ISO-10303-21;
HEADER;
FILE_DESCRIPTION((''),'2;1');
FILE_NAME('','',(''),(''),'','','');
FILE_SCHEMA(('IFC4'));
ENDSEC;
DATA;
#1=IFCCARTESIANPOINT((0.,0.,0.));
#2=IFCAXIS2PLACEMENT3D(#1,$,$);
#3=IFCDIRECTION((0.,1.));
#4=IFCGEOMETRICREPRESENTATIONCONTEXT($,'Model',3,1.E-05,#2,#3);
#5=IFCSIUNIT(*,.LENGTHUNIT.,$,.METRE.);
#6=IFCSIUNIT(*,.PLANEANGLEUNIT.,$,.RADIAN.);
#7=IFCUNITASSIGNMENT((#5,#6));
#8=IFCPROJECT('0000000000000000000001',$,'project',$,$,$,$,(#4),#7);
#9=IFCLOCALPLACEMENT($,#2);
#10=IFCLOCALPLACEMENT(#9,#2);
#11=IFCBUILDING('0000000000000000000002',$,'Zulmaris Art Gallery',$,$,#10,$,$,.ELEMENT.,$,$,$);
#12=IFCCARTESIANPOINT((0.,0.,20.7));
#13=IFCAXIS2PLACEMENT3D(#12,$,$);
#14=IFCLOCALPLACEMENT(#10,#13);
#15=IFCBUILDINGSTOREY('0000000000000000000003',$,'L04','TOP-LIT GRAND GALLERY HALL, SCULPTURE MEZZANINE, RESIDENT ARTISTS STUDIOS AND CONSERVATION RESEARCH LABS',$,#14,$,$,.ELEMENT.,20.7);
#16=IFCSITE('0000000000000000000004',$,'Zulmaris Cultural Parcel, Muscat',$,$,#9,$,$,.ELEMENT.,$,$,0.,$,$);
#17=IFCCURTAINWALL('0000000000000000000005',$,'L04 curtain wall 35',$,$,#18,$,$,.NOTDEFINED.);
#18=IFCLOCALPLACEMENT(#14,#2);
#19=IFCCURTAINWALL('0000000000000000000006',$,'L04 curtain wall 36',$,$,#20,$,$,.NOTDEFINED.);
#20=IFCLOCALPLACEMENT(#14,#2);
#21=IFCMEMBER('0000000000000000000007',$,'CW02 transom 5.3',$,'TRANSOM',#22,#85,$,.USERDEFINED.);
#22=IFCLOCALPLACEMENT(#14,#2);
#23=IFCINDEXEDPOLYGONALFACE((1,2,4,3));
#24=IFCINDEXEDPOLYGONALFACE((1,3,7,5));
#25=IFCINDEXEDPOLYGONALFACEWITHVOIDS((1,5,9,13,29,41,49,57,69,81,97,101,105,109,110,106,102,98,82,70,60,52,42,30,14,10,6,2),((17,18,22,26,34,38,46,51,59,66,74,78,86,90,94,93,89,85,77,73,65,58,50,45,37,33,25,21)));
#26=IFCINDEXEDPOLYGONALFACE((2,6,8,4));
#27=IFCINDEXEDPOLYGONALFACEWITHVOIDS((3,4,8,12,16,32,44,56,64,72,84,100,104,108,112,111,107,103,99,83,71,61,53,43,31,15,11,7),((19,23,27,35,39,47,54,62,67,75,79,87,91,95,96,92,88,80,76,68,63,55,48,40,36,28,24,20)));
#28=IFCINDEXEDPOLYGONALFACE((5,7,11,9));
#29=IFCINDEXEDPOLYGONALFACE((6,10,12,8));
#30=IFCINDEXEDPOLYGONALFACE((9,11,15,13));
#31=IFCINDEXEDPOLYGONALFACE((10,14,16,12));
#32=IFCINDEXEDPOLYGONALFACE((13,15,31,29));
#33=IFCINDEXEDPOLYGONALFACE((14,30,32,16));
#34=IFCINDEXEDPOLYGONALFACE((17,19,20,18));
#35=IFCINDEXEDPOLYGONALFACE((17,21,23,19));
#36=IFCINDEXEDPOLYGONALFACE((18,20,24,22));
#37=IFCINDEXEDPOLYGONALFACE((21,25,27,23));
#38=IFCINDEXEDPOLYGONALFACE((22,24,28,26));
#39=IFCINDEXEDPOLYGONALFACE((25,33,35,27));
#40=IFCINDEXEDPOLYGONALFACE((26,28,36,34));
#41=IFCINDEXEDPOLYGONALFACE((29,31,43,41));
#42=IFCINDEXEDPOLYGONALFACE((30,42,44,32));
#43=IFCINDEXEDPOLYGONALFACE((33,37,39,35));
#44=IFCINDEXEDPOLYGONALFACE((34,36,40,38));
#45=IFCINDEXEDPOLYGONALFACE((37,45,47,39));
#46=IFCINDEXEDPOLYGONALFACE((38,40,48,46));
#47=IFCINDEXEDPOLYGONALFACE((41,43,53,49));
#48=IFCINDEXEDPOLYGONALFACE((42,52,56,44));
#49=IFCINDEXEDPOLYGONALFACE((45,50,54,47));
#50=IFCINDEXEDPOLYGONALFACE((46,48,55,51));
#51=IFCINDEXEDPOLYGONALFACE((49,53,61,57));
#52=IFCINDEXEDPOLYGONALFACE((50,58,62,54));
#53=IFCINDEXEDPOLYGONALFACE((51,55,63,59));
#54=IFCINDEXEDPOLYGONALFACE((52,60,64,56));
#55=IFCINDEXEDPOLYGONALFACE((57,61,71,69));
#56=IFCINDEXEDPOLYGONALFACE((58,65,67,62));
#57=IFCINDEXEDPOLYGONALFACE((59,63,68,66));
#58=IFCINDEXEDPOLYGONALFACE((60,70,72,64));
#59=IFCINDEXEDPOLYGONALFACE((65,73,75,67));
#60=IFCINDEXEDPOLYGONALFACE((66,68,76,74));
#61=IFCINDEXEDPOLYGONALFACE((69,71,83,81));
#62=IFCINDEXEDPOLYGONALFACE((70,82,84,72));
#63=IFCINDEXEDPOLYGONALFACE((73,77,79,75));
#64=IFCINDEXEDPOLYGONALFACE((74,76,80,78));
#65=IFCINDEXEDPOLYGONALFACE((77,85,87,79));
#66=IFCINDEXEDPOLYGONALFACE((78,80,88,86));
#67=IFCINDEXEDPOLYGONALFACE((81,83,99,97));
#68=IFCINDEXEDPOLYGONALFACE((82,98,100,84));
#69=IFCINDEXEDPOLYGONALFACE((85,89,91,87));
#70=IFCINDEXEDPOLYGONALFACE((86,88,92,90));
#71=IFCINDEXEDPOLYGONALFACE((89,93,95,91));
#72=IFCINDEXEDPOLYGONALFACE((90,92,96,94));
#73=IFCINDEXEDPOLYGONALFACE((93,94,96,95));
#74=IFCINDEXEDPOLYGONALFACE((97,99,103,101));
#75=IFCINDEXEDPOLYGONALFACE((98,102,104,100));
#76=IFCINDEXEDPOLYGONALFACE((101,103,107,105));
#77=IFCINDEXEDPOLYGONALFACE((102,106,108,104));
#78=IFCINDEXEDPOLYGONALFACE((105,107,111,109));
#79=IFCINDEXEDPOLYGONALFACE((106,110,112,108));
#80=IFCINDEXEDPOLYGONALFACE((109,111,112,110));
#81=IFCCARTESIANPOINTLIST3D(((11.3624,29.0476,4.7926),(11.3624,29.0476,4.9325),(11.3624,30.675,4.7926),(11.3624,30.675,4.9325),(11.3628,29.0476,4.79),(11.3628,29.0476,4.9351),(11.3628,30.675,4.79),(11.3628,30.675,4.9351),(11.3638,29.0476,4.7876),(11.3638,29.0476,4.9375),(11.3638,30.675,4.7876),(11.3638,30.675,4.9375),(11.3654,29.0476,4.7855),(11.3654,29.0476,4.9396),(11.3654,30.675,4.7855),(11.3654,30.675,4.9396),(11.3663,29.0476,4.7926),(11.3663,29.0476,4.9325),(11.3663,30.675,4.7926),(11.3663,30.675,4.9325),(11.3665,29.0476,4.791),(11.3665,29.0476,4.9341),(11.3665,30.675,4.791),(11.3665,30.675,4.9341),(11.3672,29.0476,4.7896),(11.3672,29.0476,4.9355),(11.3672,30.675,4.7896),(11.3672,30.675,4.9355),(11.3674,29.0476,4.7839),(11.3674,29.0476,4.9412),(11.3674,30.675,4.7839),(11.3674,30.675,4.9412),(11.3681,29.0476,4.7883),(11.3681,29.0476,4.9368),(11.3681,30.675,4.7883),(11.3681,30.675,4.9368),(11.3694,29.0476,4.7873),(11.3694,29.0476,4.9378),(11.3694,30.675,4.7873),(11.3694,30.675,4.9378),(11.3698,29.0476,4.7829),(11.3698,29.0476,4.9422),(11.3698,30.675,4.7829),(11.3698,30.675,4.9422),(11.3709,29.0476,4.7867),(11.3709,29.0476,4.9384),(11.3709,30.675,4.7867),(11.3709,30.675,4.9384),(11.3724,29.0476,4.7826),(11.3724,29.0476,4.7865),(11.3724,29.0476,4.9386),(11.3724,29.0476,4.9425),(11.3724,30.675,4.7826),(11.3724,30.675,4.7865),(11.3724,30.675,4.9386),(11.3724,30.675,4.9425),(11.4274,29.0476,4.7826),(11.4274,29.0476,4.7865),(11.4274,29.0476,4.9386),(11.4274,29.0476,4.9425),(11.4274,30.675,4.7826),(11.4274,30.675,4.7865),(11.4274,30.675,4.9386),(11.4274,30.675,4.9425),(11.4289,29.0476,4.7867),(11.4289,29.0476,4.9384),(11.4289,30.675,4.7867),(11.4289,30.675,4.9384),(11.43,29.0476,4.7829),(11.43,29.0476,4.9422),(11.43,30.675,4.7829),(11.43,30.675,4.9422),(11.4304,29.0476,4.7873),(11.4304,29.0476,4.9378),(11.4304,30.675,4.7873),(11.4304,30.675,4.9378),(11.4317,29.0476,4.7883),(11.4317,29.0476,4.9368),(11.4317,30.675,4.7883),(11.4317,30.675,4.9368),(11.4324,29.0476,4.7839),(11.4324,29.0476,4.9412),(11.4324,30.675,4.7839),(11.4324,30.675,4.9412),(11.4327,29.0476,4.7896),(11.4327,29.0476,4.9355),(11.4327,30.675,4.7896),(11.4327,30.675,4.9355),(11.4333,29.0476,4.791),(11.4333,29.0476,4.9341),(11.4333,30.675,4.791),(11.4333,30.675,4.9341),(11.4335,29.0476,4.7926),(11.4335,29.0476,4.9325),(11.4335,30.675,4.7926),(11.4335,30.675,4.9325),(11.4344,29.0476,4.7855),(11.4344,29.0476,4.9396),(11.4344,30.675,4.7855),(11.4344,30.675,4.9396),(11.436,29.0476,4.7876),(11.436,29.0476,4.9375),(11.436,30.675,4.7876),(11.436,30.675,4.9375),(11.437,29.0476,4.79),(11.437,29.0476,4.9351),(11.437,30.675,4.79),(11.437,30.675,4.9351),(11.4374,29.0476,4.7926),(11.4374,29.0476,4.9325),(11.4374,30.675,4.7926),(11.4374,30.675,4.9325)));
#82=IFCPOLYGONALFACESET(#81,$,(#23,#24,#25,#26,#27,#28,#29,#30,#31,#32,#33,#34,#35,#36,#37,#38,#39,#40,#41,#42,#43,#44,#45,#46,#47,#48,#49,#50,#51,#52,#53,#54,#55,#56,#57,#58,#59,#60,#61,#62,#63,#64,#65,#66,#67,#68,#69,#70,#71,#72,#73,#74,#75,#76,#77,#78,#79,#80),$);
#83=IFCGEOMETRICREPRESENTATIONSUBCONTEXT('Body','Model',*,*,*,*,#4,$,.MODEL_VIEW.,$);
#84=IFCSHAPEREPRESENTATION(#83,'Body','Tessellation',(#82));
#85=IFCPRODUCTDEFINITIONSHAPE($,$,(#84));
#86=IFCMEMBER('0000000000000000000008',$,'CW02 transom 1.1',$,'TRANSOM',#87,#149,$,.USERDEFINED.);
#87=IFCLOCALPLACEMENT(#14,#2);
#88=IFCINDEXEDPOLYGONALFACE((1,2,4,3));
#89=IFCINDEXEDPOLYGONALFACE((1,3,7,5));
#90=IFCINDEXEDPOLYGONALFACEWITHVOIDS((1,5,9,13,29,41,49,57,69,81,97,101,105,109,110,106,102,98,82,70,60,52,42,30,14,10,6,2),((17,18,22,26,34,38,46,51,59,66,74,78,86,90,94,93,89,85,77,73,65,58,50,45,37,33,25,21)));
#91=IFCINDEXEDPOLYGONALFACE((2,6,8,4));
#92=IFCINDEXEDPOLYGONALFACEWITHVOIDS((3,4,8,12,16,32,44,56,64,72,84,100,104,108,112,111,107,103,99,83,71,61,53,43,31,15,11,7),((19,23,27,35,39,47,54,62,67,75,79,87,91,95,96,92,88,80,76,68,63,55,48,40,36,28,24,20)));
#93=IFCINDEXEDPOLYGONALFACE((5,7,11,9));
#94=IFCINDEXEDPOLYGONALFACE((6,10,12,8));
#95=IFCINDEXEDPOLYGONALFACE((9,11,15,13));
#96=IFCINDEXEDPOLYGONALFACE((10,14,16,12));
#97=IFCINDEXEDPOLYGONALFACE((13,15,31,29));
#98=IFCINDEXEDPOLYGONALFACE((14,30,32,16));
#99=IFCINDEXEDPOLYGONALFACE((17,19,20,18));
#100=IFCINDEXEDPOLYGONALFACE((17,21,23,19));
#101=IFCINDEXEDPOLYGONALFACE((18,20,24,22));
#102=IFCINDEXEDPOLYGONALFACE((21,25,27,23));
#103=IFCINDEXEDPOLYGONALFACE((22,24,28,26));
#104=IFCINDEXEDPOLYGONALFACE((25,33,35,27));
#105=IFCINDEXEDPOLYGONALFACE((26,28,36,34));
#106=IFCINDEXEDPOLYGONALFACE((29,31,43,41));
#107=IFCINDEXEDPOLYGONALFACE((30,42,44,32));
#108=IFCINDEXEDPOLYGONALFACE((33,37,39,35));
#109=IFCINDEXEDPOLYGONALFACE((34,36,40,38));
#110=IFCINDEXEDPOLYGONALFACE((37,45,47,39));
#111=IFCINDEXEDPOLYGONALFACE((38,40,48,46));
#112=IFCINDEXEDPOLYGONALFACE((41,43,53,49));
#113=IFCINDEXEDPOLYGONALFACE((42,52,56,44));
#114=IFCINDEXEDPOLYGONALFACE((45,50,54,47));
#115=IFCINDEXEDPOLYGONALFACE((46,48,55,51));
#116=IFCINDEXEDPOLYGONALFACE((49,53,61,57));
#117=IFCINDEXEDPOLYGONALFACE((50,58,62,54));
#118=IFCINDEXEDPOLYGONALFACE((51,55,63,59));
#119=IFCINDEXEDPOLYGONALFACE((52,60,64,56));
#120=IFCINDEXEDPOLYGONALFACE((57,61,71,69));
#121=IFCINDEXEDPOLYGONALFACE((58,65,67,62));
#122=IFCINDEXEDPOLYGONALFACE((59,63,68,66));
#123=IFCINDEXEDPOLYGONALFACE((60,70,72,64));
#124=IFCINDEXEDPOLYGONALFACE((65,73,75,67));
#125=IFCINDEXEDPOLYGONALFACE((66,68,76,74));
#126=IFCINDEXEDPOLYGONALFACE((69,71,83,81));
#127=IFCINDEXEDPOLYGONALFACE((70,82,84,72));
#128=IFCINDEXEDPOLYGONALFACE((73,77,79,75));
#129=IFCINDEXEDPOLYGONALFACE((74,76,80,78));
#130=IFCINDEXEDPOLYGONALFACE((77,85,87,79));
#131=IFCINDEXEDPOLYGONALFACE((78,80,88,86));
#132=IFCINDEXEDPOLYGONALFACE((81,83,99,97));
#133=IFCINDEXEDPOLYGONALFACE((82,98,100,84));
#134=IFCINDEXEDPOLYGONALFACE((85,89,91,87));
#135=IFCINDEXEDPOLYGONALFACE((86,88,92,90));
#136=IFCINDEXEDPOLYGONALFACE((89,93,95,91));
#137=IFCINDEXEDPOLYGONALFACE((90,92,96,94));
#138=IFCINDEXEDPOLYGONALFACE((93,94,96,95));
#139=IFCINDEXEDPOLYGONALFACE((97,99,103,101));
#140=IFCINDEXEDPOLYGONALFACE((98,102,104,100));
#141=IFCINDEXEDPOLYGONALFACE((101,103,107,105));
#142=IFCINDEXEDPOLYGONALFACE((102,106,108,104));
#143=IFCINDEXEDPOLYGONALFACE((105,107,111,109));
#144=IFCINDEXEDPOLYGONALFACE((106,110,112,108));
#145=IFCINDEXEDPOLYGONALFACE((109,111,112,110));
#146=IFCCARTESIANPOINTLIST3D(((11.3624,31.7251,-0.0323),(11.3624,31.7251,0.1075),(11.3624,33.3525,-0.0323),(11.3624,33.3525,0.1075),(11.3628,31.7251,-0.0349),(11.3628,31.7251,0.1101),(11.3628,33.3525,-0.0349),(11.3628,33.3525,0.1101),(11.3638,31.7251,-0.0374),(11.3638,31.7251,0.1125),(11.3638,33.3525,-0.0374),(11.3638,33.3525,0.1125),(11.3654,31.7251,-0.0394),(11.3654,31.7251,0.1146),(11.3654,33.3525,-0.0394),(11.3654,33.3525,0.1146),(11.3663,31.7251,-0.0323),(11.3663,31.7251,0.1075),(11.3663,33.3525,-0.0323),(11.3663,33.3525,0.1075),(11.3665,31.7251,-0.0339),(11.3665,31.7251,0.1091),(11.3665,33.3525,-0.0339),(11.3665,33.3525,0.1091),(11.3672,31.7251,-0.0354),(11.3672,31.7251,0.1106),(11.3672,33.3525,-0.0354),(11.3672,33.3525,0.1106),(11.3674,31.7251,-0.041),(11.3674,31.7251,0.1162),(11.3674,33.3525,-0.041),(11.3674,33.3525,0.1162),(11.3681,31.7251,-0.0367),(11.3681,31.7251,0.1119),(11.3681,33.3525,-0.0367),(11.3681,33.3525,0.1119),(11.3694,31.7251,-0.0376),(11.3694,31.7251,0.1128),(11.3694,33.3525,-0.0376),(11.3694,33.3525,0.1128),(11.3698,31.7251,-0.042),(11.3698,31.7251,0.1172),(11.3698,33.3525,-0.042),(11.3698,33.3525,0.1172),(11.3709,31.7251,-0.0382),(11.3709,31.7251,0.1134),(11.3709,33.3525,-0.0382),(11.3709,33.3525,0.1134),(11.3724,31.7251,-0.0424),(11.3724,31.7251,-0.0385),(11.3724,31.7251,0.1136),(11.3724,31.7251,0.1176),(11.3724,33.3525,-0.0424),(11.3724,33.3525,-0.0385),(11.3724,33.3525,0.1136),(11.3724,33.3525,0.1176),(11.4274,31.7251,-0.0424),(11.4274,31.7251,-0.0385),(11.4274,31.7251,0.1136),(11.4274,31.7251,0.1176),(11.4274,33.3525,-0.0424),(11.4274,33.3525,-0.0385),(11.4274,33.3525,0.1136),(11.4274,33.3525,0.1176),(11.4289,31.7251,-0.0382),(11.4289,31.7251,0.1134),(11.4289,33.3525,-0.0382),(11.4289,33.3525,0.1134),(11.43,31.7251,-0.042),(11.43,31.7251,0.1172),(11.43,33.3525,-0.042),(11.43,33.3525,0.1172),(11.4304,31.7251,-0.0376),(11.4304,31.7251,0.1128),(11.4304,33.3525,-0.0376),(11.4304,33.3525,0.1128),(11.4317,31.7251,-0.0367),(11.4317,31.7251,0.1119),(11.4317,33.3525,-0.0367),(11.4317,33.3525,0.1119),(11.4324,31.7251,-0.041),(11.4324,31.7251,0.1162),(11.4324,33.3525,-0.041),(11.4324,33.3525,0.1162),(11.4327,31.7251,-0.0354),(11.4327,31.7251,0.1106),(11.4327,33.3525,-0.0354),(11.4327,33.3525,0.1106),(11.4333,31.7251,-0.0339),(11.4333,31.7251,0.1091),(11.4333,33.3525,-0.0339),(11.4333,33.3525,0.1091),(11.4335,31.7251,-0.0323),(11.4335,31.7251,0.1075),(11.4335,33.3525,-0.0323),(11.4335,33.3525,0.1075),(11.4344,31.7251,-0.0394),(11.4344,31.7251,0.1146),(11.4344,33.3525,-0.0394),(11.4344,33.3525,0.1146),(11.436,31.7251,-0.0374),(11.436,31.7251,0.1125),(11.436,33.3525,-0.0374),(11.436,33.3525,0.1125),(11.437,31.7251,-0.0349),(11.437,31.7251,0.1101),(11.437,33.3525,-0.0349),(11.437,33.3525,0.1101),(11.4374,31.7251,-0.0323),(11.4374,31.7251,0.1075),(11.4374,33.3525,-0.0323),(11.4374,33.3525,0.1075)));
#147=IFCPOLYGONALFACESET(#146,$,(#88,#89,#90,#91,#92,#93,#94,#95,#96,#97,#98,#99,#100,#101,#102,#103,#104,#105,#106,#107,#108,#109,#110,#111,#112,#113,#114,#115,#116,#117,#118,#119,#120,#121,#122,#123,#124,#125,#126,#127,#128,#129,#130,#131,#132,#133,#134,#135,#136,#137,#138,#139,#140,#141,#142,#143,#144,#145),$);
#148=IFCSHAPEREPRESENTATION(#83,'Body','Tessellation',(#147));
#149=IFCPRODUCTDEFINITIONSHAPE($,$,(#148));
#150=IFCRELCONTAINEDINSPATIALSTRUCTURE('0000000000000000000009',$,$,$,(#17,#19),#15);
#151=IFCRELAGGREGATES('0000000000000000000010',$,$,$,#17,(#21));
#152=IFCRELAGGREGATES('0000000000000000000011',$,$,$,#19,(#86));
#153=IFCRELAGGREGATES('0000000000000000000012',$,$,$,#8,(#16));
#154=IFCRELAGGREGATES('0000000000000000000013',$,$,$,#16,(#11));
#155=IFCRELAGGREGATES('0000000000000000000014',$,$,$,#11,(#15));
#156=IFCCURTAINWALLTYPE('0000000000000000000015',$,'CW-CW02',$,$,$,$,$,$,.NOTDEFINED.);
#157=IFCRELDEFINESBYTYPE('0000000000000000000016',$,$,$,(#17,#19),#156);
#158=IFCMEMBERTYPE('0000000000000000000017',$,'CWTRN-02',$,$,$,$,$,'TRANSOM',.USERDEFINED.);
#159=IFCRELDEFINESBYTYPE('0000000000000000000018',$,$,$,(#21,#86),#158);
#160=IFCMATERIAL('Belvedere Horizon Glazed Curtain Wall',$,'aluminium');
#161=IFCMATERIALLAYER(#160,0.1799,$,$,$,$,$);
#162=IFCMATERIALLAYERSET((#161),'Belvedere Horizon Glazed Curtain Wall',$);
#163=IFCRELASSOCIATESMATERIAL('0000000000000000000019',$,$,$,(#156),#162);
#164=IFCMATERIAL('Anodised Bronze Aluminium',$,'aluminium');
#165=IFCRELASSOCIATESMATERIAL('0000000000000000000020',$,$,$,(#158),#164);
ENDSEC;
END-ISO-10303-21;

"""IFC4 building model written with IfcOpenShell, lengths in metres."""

from ifc_helpers import new_model, si_unit, direction, frame, origin, origin_2d, place, context, subcontext, project, spatial, hollow_rectangle, extrude, material, layer, layer_set, material_profile, profile_set, type_object, element, aggregate, save


model = new_model("IFC4")

# Units and contexts
model_context = context("Model", 3, precision=1e-05, world=origin(), true_north=direction((0.0, 1.0)))
body_context = subcontext(model_context, "Body", "Model", "MODEL_VIEW")
ifc_project = project(units=[si_unit("LENGTHUNIT", "METRE"), si_unit("PLANEANGLEUNIT", "RADIAN")], contexts=[model_context])

# Site, building, storey
site_placement = place(None, origin())
site = spatial("IfcSite", under=ifc_project, at=site_placement, Name="Zulmaris Cultural Parcel, Muscat", CompositionType="ELEMENT", RefElevation=0.0)
building_placement = place(site_placement, origin())
building = spatial("IfcBuilding", under=site, at=building_placement, Name="Zulmaris Art Gallery", CompositionType="ELEMENT")
storey_placement = place(building_placement, frame((0.0, 0.0, 20.7)))
storey = spatial("IfcBuildingStorey", under=building, at=storey_placement, Name="L04", Description="TOP-LIT GRAND GALLERY HALL, SCULPTURE MEZZANINE, RESIDENT ARTISTS STUDIOS AND CONSERVATION RESEARCH LABS", CompositionType="ELEMENT", Elevation=20.7)

# Curtain wall
ifc_material_1 = material(Name="Belvedere Horizon Glazed Curtain Wall", Category="aluminium")
ifc_layer_1 = layer(ifc_material_1, 0.1799)
ifc_layer_set_1 = layer_set([ifc_layer_1], Name="Belvedere Horizon Glazed Curtain Wall")
curtain_wall_type = type_object("IfcCurtainWallType", Name="CW-CW02", PredefinedType="NOTDEFINED", material=ifc_layer_set_1)
curtain_wall_1_placement = place(storey_placement, origin())
curtain_wall_1 = element("IfcCurtainWall", 1, at=curtain_wall_1_placement, inside=storey, type_object=curtain_wall_type, Name="L04 curtain wall 35", PredefinedType="NOTDEFINED")
ifc_material_2 = material(Name="Anodised Bronze Aluminium", Category="aluminium")

# Curtain wall
curtain_wall_2_placement = place(storey_placement, origin())
curtain_wall_2 = element("IfcCurtainWall", 2, at=curtain_wall_2_placement, inside=storey, type_object=curtain_wall_type, Name="L04 curtain wall 36", PredefinedType="NOTDEFINED")

# Members
ifc_material_profile_1 = material_profile(ifc_material_2, hollow_rectangle(XDim=0.075, YDim=0.1599, WallThickness=0.0039, InnerFilletRadius=0.0061, OuterFilletRadius=0.01, at=origin_2d()), Name="ALU 75x160x4")
ifc_profile_set_1 = profile_set([ifc_material_profile_1], Name="Anodised Bronze Aluminium")
member_type_1 = type_object("IfcMemberType", Name="CWTRN-02", ElementType="TRANSOM", PredefinedType="USERDEFINED", material=ifc_profile_set_1)
member_1_placement = place(storey_placement, frame((11.3999, 29.0476, 4.8625), z_axis=(0.0, 1.0, 0.0), x_axis=(-1.0, 0.0, 0.0)))
member_1 = element("IfcMember", 3, at=member_1_placement, type_object=member_type_1, Name="CW02 transom 5.3", ObjectType="TRANSOM", PredefinedType="USERDEFINED", context=body_context, shape_type="SweptSolid", body=[
    extrude(hollow_rectangle(XDim=0.075, YDim=0.1599, WallThickness=0.0039, InnerFilletRadius=0.0061, OuterFilletRadius=0.01, at=origin_2d()), origin(), (0.0, 0.0, 1.0), 1.6274),
])
member_2_placement = place(storey_placement, frame((11.3999, 31.7251, 0.0376), z_axis=(0.0, 1.0, 0.0), x_axis=(-1.0, 0.0, 0.0)))
member_2 = element("IfcMember", 4, at=member_2_placement, type_object=member_type_1, Name="CW02 transom 1.1", ObjectType="TRANSOM", PredefinedType="USERDEFINED", context=body_context, shape_type="SweptSolid", body=[
    extrude(hollow_rectangle(XDim=0.075, YDim=0.1599, WallThickness=0.0039, InnerFilletRadius=0.0061, OuterFilletRadius=0.01, at=origin_2d()), origin(), (0.0, 0.0, 1.0), 1.6274),
])

aggregate(curtain_wall_1, [member_1])
aggregate(curtain_wall_2, [member_2])

save(model, "model.ifc")
